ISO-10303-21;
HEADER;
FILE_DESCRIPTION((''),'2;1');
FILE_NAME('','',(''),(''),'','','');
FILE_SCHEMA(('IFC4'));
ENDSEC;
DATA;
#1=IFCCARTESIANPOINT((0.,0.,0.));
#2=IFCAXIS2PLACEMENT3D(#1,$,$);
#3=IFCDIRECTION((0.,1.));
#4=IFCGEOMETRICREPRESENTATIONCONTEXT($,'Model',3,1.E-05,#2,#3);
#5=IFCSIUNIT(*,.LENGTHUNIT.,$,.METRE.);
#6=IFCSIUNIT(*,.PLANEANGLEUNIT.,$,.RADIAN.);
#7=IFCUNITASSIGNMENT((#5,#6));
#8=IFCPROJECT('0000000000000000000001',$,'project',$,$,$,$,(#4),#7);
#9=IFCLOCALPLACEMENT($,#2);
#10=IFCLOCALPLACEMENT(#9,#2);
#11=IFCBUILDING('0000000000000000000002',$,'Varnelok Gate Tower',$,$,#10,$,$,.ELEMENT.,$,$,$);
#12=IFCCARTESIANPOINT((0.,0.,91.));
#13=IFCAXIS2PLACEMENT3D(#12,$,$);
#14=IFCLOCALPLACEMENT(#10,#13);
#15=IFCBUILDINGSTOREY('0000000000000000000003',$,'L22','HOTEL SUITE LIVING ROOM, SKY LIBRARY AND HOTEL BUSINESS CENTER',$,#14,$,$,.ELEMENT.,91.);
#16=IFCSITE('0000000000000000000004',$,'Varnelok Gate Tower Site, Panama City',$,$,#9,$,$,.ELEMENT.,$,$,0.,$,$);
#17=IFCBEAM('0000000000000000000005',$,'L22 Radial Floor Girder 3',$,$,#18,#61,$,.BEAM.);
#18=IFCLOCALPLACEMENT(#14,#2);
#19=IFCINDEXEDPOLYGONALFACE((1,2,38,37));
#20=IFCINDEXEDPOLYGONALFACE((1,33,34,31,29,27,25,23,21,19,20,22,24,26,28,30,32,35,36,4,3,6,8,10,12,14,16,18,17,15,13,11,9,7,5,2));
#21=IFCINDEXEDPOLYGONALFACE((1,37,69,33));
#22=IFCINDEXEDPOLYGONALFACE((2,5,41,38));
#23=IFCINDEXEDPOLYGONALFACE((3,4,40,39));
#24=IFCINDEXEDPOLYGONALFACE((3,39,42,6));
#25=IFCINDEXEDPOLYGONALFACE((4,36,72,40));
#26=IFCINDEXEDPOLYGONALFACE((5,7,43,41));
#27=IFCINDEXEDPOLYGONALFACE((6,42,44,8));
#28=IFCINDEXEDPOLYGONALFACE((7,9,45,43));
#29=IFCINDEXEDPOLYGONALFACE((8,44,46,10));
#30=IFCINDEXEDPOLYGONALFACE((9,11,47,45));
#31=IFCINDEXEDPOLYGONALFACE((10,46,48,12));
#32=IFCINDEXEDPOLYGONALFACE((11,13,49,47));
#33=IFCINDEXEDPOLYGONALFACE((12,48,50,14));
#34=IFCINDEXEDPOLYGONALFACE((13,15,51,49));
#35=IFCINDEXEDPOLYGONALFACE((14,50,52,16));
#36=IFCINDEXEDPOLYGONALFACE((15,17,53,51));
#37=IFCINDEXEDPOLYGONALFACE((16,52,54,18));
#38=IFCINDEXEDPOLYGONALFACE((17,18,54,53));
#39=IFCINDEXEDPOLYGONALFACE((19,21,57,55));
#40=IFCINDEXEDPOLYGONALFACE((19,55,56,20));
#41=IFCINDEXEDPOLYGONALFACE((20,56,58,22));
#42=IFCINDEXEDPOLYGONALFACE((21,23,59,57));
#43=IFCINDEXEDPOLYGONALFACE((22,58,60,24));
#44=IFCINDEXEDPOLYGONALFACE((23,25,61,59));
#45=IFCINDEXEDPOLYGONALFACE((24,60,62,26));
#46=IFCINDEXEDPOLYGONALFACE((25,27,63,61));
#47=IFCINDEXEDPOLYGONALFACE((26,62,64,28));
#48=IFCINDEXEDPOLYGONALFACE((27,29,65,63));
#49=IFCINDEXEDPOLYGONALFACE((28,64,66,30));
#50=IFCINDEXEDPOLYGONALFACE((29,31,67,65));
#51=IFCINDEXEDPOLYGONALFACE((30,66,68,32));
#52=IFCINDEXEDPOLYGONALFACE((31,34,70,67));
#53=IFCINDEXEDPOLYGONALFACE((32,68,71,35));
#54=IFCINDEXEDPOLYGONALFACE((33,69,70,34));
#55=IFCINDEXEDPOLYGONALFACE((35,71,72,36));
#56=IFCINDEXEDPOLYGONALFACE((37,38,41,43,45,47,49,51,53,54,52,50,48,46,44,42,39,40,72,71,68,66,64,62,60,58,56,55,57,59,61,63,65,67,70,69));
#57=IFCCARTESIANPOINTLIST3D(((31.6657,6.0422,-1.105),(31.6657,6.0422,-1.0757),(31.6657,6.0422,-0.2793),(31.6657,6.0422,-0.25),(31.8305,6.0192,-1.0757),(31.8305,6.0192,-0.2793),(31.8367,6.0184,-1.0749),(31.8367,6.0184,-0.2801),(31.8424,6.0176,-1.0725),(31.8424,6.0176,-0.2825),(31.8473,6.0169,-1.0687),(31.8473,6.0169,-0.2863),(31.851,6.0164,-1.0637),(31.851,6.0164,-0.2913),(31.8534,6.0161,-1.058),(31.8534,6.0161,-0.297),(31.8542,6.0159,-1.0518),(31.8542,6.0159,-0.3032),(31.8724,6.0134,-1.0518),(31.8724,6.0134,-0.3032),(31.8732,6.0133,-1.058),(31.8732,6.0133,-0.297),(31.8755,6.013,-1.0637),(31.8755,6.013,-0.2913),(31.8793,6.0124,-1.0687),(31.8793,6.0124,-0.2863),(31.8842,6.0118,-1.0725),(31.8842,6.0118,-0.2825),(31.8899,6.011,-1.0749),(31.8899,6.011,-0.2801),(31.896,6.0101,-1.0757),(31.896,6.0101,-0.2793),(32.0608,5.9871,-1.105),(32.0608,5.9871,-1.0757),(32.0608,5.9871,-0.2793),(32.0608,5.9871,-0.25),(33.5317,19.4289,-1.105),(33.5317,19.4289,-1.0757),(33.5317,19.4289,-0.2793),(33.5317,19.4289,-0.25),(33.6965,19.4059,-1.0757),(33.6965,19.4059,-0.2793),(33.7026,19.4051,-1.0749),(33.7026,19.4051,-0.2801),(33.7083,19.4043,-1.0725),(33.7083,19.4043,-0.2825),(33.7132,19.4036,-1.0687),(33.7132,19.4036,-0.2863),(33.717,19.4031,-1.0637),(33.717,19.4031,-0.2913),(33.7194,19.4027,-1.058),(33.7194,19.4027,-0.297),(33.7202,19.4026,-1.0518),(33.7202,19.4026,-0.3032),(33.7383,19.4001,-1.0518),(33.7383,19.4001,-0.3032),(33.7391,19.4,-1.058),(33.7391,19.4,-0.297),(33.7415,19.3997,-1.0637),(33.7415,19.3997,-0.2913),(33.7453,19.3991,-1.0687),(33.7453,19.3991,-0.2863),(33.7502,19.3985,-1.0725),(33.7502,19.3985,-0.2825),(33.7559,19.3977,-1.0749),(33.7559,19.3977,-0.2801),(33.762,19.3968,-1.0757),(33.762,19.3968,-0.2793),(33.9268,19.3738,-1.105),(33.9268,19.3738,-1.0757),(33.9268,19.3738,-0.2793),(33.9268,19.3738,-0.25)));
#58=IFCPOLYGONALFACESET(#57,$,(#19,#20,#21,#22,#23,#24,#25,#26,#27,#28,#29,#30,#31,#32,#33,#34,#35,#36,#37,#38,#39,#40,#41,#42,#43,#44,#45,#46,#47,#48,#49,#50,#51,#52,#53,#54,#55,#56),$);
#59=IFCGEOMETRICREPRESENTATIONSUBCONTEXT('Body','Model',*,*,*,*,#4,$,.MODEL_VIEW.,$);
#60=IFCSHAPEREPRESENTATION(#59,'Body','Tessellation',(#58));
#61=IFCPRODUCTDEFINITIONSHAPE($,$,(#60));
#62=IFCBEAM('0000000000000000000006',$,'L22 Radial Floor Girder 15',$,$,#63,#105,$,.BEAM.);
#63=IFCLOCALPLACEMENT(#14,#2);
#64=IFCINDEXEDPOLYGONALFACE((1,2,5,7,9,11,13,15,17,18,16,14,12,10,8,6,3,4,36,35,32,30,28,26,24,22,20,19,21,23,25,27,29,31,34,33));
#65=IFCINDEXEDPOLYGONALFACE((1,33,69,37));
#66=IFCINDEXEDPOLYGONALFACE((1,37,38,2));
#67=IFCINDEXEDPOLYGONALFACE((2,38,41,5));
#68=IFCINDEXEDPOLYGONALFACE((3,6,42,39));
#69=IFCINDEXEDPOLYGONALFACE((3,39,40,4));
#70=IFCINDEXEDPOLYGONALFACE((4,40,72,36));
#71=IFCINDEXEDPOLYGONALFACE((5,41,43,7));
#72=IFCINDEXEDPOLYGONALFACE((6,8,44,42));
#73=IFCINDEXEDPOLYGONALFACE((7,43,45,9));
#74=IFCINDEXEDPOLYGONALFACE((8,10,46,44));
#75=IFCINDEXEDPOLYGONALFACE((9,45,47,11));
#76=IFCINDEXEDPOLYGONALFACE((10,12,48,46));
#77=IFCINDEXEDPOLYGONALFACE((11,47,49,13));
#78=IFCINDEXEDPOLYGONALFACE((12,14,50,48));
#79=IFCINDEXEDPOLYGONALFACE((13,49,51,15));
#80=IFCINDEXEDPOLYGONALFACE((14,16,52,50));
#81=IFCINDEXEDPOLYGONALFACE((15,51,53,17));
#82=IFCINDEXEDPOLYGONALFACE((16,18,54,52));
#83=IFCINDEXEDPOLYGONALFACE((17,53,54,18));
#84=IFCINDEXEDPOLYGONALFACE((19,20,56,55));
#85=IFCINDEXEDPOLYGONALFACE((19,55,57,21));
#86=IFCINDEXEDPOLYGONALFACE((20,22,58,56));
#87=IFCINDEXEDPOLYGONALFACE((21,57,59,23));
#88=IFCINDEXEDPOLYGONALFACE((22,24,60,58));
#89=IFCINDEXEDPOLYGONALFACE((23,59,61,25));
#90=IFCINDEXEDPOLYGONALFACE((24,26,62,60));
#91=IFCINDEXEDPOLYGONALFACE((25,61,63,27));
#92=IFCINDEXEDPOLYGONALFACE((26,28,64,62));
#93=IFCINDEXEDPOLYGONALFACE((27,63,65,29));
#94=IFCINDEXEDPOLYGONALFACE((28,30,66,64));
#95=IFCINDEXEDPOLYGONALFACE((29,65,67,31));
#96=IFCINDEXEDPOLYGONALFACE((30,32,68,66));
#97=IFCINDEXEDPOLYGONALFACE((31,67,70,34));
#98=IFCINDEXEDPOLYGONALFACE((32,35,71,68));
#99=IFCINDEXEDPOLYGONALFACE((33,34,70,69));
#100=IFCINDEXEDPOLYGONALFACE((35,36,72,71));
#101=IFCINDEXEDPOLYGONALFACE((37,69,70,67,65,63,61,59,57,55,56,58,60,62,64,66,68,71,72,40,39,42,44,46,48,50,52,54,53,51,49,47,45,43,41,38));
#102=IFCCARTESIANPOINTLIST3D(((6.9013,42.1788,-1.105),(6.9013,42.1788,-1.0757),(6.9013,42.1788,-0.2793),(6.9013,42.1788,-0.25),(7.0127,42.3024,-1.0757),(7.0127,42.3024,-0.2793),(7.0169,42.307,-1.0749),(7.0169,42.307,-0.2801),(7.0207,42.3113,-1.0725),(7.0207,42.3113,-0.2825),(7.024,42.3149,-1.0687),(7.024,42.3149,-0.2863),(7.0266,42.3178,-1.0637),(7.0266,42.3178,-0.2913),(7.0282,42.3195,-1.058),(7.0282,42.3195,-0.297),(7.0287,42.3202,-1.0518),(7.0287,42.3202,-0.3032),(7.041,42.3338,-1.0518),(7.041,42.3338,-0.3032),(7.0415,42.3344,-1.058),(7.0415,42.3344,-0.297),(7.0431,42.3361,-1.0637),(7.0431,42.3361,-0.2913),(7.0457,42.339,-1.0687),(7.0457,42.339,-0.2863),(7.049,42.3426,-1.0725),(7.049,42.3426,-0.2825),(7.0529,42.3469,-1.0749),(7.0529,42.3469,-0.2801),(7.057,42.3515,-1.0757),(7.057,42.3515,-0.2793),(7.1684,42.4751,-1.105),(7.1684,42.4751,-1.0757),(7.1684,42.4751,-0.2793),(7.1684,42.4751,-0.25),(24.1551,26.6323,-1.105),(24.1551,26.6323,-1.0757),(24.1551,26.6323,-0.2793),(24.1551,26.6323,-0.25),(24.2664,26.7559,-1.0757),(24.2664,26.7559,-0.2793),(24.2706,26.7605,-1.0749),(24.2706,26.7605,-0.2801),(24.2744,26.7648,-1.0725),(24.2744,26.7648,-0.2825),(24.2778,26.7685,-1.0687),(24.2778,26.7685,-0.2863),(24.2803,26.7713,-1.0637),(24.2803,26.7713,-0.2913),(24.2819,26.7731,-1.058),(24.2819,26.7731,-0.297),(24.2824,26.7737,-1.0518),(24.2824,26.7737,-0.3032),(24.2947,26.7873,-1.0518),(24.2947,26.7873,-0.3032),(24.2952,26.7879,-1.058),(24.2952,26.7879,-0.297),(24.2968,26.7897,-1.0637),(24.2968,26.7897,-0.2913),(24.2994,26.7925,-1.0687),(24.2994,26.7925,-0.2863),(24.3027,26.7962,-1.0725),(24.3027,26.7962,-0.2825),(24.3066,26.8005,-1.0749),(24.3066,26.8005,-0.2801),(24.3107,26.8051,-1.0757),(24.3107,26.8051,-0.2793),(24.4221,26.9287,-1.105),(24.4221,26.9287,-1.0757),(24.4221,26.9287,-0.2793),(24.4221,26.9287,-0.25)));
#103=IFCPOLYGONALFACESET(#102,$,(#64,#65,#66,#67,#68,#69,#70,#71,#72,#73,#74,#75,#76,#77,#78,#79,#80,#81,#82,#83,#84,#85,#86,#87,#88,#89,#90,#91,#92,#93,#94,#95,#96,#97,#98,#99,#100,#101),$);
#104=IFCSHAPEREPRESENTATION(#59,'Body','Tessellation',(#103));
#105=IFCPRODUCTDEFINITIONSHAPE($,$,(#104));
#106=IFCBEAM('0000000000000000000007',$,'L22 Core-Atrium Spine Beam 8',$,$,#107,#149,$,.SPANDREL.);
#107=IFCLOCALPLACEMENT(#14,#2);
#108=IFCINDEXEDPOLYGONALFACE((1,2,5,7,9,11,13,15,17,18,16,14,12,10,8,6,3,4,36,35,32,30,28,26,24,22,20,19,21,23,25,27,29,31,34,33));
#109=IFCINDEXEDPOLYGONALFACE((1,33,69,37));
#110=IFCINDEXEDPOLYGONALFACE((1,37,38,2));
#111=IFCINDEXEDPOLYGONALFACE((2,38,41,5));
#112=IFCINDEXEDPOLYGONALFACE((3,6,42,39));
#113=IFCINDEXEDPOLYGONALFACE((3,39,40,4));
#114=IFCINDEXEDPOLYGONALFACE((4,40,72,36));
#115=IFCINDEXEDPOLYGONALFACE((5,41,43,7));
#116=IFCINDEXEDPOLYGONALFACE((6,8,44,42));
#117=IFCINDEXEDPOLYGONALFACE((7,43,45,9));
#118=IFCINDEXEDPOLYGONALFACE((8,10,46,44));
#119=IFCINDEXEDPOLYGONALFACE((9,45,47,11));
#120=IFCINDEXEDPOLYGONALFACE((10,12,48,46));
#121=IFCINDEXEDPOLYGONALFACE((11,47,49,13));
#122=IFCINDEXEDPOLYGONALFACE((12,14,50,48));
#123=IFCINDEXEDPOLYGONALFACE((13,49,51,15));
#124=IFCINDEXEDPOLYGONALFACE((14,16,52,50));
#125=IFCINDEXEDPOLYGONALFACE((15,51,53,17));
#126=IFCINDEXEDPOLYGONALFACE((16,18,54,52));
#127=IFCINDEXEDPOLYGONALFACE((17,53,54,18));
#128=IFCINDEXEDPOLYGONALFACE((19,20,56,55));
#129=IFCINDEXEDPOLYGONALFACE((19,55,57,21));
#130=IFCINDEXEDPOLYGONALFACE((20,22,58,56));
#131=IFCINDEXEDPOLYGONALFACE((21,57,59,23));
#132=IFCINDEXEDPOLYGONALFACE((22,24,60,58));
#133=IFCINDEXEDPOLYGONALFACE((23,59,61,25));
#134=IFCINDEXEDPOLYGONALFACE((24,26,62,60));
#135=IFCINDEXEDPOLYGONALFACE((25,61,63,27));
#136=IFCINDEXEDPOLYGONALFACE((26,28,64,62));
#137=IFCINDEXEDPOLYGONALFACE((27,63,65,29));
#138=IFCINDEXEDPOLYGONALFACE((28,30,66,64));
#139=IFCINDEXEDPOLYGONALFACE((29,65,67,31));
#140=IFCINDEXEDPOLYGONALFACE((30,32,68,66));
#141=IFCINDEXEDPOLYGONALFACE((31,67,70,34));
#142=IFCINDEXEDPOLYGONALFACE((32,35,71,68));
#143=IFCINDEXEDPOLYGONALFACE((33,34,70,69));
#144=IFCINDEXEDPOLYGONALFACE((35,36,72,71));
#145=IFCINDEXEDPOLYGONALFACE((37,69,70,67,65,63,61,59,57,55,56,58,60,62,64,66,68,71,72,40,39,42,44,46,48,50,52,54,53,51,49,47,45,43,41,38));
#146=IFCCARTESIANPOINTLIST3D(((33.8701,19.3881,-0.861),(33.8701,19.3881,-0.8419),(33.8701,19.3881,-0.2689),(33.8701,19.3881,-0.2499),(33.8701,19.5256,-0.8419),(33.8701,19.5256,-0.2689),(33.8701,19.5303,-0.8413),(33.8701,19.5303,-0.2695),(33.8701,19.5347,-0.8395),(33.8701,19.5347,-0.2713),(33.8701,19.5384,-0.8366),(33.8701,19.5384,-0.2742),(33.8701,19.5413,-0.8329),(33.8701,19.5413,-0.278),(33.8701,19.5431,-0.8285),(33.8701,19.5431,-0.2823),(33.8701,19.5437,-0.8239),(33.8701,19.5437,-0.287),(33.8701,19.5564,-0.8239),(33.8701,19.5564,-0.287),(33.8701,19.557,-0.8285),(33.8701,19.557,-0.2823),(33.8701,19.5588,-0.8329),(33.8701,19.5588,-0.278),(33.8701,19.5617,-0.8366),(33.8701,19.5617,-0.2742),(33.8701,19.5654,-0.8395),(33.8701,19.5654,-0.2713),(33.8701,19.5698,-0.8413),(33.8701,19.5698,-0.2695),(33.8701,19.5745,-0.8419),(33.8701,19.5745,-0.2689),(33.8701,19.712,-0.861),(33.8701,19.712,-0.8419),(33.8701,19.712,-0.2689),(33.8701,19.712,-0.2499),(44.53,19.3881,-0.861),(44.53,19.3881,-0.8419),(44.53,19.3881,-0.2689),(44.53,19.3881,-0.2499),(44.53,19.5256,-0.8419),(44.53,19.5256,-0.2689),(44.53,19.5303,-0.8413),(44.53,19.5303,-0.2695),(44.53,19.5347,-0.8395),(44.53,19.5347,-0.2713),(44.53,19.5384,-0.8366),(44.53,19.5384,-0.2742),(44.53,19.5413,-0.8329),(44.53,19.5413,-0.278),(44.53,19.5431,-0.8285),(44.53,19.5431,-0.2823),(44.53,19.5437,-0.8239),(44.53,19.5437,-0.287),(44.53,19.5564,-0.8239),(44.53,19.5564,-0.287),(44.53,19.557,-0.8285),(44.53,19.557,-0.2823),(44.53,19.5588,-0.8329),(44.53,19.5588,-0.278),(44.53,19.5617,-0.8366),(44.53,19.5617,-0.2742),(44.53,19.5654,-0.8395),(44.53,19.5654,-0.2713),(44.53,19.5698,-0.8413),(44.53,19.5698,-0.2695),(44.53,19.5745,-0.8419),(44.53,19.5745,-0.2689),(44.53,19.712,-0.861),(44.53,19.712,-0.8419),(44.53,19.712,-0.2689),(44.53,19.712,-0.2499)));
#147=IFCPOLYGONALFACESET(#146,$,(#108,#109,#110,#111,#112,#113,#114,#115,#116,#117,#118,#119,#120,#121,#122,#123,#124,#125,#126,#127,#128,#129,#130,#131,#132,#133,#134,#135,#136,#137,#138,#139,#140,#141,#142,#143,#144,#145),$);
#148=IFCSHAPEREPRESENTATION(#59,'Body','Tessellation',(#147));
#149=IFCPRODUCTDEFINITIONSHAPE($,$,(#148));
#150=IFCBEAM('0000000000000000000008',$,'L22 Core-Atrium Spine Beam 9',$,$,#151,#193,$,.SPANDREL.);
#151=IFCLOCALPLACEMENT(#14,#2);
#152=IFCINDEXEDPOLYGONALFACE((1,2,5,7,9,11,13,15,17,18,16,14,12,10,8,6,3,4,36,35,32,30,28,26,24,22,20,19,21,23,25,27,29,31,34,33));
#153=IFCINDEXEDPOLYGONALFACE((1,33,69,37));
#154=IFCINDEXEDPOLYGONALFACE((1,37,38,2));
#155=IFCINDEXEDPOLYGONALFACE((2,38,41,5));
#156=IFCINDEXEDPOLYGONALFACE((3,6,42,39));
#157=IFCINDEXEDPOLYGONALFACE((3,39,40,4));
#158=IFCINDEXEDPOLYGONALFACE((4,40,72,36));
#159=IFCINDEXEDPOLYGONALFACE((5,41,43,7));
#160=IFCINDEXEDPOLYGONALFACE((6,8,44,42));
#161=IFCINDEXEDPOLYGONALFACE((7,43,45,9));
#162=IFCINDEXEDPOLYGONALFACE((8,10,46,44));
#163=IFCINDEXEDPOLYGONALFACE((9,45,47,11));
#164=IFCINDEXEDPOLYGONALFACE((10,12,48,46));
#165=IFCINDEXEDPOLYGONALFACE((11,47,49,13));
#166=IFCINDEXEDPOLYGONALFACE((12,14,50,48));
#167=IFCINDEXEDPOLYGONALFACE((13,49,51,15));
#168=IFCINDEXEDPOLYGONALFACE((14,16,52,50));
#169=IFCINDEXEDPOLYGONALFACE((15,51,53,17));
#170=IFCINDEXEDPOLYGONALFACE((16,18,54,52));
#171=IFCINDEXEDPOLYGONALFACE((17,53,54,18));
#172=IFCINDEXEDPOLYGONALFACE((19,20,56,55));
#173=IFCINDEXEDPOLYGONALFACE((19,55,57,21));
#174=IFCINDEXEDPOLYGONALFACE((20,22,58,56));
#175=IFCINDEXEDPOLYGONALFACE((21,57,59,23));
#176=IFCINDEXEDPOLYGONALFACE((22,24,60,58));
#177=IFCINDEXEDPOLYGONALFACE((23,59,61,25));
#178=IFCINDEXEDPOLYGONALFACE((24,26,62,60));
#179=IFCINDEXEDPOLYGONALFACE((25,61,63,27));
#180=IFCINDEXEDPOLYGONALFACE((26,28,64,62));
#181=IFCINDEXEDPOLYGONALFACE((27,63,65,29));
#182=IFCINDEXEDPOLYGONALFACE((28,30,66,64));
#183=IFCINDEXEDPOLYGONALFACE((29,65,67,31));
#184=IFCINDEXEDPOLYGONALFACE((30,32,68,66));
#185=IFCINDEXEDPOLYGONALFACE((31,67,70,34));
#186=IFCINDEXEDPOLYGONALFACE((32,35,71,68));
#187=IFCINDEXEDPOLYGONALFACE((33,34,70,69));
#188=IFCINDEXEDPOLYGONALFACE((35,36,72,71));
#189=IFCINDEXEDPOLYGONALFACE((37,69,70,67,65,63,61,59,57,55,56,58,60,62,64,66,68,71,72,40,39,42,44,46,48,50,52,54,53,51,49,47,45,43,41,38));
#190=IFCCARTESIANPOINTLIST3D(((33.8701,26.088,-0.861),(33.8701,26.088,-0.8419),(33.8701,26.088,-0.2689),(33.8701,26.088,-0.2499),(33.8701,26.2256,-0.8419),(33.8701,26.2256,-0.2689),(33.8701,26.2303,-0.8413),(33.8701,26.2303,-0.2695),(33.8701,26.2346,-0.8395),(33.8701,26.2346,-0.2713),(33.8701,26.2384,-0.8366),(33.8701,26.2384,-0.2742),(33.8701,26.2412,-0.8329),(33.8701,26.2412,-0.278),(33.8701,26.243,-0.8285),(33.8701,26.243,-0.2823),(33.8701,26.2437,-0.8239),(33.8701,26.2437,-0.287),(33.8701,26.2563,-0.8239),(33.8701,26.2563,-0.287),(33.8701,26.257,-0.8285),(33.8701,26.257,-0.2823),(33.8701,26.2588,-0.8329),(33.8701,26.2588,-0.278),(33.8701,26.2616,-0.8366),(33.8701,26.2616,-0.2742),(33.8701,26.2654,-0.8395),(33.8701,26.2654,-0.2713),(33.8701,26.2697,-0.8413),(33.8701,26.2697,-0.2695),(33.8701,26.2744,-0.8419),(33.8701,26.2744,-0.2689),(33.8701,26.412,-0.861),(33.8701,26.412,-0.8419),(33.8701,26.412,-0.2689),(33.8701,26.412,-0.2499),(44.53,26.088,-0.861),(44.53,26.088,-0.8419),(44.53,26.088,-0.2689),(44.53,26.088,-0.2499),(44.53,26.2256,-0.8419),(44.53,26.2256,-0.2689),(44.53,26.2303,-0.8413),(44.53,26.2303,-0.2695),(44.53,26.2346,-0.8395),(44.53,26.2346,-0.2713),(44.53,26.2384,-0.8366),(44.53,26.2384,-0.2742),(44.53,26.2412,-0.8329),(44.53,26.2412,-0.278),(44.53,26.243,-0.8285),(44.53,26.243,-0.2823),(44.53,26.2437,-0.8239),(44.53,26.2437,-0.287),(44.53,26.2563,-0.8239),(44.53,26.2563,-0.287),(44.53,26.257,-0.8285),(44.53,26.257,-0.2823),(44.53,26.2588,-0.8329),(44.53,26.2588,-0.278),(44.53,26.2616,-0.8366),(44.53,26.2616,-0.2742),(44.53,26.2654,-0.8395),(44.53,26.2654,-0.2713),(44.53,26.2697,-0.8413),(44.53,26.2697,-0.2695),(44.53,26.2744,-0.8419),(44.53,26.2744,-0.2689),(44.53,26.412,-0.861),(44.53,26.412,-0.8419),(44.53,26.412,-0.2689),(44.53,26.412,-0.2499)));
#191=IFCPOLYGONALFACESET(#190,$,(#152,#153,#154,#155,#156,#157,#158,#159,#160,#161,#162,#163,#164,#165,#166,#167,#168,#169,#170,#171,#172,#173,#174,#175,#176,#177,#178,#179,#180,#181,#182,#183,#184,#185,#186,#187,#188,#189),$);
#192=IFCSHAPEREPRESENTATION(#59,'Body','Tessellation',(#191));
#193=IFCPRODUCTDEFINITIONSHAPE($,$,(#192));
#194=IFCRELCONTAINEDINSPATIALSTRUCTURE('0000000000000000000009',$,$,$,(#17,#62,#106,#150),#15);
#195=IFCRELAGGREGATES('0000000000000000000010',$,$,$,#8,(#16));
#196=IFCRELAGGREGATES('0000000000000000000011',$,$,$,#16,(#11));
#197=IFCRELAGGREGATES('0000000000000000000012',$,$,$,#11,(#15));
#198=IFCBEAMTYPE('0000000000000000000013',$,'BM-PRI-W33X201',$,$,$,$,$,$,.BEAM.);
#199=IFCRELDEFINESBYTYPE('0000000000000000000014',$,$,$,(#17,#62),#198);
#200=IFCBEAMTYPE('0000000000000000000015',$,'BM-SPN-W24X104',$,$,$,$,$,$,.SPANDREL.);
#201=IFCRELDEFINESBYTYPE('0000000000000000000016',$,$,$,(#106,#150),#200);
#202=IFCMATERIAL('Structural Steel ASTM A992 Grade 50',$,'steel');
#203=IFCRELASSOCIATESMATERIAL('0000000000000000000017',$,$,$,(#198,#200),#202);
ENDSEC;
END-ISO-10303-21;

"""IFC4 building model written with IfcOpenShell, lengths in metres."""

from ifc_helpers import new_model, si_unit, direction, frame, origin, origin_2d, place, context, subcontext, project, spatial, i_section, extrude, material, material_profile, profile_set, type_object, element, save


model = new_model("IFC4")

# Units and contexts
model_context = context("Model", 3, precision=1e-05, world=origin(), true_north=direction((0.0, 1.0)))
body_context = subcontext(model_context, "Body", "Model", "MODEL_VIEW")
ifc_project = project(units=[si_unit("LENGTHUNIT", "METRE"), si_unit("PLANEANGLEUNIT", "RADIAN")], contexts=[model_context])

# Site, building, storey
site_placement = place(None, origin())
site = spatial("IfcSite", under=ifc_project, at=site_placement, Name="Varnelok Gate Tower Site, Panama City", CompositionType="ELEMENT", RefElevation=0.0)
building_placement = place(site_placement, origin())
building = spatial("IfcBuilding", under=site, at=building_placement, Name="Varnelok Gate Tower", CompositionType="ELEMENT")
storey_placement = place(building_placement, frame((0.0, 0.0, 91.0)))
storey = spatial("IfcBuildingStorey", under=building, at=storey_placement, Name="L22", Description="HOTEL SUITE LIVING ROOM, SKY LIBRARY AND HOTEL BUSINESS CENTER", CompositionType="ELEMENT", Elevation=91.0)

# Shared definitions
ifc_material_1 = material(Name="Structural Steel ASTM A992 Grade 50", Category="steel")

# Beams
ifc_material_profile_1 = material_profile(ifc_material_1, i_section(OverallWidth=0.3989, OverallDepth=0.855, WebThickness=0.0183, FlangeThickness=0.0293, FilletRadius=0.0239, at=origin_2d()), Name="W33X201")
ifc_profile_set_1 = profile_set([ifc_material_profile_1], Name="Structural Steel ASTM A992 Grade 50")
beam_type_1 = type_object("IfcBeamType", Name="BM-PRI-W33X201", PredefinedType="BEAM", material=ifc_profile_set_1)
beam_1_placement = place(storey_placement, frame((33.7292, 19.4014, -0.6775), z_axis=(-0.138055, -0.990425, 0.0), x_axis=(0.990425, -0.138055, 0.0)))
element("IfcBeam", 1, at=beam_1_placement, inside=storey, type_object=beam_type_1, Name="L22 Radial Floor Girder 3", PredefinedType="BEAM", context=body_context, shape_type="SweptSolid", body=[
    extrude(i_section(OverallWidth=0.3989, OverallDepth=0.855, WebThickness=0.0183, FlangeThickness=0.0293, FilletRadius=0.0239, at=origin_2d()), origin(), (0.0, 0.0, 1.0), 13.5161),
])
beam_2_placement = place(storey_placement, frame((24.2886, 26.7805, -0.6775), z_axis=(-0.742907, 0.669395, 0.0), x_axis=(-0.669395, -0.742907, 0.0)))
element("IfcBeam", 2, at=beam_2_placement, inside=storey, type_object=beam_type_1, Name="L22 Radial Floor Girder 15", PredefinedType="BEAM", context=body_context, shape_type="SweptSolid", body=[
    extrude(i_section(OverallWidth=0.3989, OverallDepth=0.855, WebThickness=0.0183, FlangeThickness=0.0293, FilletRadius=0.0239, at=origin_2d()), origin(), (0.0, 0.0, 1.0), 23.2246),
])
ifc_material_profile_2 = material_profile(ifc_material_1, i_section(OverallWidth=0.324, OverallDepth=0.6111, WebThickness=0.0127, FlangeThickness=0.019, FilletRadius=0.0181, at=origin_2d()), Name="W24X104")
ifc_profile_set_2 = profile_set([ifc_material_profile_2], Name="Structural Steel ASTM A992 Grade 50")
beam_type_2 = type_object("IfcBeamType", Name="BM-SPN-W24X104", PredefinedType="SPANDREL", material=ifc_profile_set_2)
for number, where, z_axis, x_axis, name in (
    (3, (33.8701, 19.55, -0.5554), (1.0, 0.0, 0.0), (0.0, 1.0, 0.0), "L22 Core-Atrium Spine Beam 8"),
    (4, (33.8701, 26.25, -0.5554), (1.0, 0.0, 0.0), (0.0, 1.0, 0.0), "L22 Core-Atrium Spine Beam 9"),
):
    element("IfcBeam", number, at=place(storey_placement, frame(where, z_axis=z_axis, x_axis=x_axis)), inside=storey, type_object=beam_type_2, Name=name, PredefinedType="SPANDREL", context=body_context, shape_type="SweptSolid", body=[
        extrude(i_section(OverallWidth=0.324, OverallDepth=0.6111, WebThickness=0.0127, FlangeThickness=0.019, FilletRadius=0.0181, at=origin_2d()), origin(), (0.0, 0.0, 1.0), 10.6599),
    ])

save(model, "model.ifc")
